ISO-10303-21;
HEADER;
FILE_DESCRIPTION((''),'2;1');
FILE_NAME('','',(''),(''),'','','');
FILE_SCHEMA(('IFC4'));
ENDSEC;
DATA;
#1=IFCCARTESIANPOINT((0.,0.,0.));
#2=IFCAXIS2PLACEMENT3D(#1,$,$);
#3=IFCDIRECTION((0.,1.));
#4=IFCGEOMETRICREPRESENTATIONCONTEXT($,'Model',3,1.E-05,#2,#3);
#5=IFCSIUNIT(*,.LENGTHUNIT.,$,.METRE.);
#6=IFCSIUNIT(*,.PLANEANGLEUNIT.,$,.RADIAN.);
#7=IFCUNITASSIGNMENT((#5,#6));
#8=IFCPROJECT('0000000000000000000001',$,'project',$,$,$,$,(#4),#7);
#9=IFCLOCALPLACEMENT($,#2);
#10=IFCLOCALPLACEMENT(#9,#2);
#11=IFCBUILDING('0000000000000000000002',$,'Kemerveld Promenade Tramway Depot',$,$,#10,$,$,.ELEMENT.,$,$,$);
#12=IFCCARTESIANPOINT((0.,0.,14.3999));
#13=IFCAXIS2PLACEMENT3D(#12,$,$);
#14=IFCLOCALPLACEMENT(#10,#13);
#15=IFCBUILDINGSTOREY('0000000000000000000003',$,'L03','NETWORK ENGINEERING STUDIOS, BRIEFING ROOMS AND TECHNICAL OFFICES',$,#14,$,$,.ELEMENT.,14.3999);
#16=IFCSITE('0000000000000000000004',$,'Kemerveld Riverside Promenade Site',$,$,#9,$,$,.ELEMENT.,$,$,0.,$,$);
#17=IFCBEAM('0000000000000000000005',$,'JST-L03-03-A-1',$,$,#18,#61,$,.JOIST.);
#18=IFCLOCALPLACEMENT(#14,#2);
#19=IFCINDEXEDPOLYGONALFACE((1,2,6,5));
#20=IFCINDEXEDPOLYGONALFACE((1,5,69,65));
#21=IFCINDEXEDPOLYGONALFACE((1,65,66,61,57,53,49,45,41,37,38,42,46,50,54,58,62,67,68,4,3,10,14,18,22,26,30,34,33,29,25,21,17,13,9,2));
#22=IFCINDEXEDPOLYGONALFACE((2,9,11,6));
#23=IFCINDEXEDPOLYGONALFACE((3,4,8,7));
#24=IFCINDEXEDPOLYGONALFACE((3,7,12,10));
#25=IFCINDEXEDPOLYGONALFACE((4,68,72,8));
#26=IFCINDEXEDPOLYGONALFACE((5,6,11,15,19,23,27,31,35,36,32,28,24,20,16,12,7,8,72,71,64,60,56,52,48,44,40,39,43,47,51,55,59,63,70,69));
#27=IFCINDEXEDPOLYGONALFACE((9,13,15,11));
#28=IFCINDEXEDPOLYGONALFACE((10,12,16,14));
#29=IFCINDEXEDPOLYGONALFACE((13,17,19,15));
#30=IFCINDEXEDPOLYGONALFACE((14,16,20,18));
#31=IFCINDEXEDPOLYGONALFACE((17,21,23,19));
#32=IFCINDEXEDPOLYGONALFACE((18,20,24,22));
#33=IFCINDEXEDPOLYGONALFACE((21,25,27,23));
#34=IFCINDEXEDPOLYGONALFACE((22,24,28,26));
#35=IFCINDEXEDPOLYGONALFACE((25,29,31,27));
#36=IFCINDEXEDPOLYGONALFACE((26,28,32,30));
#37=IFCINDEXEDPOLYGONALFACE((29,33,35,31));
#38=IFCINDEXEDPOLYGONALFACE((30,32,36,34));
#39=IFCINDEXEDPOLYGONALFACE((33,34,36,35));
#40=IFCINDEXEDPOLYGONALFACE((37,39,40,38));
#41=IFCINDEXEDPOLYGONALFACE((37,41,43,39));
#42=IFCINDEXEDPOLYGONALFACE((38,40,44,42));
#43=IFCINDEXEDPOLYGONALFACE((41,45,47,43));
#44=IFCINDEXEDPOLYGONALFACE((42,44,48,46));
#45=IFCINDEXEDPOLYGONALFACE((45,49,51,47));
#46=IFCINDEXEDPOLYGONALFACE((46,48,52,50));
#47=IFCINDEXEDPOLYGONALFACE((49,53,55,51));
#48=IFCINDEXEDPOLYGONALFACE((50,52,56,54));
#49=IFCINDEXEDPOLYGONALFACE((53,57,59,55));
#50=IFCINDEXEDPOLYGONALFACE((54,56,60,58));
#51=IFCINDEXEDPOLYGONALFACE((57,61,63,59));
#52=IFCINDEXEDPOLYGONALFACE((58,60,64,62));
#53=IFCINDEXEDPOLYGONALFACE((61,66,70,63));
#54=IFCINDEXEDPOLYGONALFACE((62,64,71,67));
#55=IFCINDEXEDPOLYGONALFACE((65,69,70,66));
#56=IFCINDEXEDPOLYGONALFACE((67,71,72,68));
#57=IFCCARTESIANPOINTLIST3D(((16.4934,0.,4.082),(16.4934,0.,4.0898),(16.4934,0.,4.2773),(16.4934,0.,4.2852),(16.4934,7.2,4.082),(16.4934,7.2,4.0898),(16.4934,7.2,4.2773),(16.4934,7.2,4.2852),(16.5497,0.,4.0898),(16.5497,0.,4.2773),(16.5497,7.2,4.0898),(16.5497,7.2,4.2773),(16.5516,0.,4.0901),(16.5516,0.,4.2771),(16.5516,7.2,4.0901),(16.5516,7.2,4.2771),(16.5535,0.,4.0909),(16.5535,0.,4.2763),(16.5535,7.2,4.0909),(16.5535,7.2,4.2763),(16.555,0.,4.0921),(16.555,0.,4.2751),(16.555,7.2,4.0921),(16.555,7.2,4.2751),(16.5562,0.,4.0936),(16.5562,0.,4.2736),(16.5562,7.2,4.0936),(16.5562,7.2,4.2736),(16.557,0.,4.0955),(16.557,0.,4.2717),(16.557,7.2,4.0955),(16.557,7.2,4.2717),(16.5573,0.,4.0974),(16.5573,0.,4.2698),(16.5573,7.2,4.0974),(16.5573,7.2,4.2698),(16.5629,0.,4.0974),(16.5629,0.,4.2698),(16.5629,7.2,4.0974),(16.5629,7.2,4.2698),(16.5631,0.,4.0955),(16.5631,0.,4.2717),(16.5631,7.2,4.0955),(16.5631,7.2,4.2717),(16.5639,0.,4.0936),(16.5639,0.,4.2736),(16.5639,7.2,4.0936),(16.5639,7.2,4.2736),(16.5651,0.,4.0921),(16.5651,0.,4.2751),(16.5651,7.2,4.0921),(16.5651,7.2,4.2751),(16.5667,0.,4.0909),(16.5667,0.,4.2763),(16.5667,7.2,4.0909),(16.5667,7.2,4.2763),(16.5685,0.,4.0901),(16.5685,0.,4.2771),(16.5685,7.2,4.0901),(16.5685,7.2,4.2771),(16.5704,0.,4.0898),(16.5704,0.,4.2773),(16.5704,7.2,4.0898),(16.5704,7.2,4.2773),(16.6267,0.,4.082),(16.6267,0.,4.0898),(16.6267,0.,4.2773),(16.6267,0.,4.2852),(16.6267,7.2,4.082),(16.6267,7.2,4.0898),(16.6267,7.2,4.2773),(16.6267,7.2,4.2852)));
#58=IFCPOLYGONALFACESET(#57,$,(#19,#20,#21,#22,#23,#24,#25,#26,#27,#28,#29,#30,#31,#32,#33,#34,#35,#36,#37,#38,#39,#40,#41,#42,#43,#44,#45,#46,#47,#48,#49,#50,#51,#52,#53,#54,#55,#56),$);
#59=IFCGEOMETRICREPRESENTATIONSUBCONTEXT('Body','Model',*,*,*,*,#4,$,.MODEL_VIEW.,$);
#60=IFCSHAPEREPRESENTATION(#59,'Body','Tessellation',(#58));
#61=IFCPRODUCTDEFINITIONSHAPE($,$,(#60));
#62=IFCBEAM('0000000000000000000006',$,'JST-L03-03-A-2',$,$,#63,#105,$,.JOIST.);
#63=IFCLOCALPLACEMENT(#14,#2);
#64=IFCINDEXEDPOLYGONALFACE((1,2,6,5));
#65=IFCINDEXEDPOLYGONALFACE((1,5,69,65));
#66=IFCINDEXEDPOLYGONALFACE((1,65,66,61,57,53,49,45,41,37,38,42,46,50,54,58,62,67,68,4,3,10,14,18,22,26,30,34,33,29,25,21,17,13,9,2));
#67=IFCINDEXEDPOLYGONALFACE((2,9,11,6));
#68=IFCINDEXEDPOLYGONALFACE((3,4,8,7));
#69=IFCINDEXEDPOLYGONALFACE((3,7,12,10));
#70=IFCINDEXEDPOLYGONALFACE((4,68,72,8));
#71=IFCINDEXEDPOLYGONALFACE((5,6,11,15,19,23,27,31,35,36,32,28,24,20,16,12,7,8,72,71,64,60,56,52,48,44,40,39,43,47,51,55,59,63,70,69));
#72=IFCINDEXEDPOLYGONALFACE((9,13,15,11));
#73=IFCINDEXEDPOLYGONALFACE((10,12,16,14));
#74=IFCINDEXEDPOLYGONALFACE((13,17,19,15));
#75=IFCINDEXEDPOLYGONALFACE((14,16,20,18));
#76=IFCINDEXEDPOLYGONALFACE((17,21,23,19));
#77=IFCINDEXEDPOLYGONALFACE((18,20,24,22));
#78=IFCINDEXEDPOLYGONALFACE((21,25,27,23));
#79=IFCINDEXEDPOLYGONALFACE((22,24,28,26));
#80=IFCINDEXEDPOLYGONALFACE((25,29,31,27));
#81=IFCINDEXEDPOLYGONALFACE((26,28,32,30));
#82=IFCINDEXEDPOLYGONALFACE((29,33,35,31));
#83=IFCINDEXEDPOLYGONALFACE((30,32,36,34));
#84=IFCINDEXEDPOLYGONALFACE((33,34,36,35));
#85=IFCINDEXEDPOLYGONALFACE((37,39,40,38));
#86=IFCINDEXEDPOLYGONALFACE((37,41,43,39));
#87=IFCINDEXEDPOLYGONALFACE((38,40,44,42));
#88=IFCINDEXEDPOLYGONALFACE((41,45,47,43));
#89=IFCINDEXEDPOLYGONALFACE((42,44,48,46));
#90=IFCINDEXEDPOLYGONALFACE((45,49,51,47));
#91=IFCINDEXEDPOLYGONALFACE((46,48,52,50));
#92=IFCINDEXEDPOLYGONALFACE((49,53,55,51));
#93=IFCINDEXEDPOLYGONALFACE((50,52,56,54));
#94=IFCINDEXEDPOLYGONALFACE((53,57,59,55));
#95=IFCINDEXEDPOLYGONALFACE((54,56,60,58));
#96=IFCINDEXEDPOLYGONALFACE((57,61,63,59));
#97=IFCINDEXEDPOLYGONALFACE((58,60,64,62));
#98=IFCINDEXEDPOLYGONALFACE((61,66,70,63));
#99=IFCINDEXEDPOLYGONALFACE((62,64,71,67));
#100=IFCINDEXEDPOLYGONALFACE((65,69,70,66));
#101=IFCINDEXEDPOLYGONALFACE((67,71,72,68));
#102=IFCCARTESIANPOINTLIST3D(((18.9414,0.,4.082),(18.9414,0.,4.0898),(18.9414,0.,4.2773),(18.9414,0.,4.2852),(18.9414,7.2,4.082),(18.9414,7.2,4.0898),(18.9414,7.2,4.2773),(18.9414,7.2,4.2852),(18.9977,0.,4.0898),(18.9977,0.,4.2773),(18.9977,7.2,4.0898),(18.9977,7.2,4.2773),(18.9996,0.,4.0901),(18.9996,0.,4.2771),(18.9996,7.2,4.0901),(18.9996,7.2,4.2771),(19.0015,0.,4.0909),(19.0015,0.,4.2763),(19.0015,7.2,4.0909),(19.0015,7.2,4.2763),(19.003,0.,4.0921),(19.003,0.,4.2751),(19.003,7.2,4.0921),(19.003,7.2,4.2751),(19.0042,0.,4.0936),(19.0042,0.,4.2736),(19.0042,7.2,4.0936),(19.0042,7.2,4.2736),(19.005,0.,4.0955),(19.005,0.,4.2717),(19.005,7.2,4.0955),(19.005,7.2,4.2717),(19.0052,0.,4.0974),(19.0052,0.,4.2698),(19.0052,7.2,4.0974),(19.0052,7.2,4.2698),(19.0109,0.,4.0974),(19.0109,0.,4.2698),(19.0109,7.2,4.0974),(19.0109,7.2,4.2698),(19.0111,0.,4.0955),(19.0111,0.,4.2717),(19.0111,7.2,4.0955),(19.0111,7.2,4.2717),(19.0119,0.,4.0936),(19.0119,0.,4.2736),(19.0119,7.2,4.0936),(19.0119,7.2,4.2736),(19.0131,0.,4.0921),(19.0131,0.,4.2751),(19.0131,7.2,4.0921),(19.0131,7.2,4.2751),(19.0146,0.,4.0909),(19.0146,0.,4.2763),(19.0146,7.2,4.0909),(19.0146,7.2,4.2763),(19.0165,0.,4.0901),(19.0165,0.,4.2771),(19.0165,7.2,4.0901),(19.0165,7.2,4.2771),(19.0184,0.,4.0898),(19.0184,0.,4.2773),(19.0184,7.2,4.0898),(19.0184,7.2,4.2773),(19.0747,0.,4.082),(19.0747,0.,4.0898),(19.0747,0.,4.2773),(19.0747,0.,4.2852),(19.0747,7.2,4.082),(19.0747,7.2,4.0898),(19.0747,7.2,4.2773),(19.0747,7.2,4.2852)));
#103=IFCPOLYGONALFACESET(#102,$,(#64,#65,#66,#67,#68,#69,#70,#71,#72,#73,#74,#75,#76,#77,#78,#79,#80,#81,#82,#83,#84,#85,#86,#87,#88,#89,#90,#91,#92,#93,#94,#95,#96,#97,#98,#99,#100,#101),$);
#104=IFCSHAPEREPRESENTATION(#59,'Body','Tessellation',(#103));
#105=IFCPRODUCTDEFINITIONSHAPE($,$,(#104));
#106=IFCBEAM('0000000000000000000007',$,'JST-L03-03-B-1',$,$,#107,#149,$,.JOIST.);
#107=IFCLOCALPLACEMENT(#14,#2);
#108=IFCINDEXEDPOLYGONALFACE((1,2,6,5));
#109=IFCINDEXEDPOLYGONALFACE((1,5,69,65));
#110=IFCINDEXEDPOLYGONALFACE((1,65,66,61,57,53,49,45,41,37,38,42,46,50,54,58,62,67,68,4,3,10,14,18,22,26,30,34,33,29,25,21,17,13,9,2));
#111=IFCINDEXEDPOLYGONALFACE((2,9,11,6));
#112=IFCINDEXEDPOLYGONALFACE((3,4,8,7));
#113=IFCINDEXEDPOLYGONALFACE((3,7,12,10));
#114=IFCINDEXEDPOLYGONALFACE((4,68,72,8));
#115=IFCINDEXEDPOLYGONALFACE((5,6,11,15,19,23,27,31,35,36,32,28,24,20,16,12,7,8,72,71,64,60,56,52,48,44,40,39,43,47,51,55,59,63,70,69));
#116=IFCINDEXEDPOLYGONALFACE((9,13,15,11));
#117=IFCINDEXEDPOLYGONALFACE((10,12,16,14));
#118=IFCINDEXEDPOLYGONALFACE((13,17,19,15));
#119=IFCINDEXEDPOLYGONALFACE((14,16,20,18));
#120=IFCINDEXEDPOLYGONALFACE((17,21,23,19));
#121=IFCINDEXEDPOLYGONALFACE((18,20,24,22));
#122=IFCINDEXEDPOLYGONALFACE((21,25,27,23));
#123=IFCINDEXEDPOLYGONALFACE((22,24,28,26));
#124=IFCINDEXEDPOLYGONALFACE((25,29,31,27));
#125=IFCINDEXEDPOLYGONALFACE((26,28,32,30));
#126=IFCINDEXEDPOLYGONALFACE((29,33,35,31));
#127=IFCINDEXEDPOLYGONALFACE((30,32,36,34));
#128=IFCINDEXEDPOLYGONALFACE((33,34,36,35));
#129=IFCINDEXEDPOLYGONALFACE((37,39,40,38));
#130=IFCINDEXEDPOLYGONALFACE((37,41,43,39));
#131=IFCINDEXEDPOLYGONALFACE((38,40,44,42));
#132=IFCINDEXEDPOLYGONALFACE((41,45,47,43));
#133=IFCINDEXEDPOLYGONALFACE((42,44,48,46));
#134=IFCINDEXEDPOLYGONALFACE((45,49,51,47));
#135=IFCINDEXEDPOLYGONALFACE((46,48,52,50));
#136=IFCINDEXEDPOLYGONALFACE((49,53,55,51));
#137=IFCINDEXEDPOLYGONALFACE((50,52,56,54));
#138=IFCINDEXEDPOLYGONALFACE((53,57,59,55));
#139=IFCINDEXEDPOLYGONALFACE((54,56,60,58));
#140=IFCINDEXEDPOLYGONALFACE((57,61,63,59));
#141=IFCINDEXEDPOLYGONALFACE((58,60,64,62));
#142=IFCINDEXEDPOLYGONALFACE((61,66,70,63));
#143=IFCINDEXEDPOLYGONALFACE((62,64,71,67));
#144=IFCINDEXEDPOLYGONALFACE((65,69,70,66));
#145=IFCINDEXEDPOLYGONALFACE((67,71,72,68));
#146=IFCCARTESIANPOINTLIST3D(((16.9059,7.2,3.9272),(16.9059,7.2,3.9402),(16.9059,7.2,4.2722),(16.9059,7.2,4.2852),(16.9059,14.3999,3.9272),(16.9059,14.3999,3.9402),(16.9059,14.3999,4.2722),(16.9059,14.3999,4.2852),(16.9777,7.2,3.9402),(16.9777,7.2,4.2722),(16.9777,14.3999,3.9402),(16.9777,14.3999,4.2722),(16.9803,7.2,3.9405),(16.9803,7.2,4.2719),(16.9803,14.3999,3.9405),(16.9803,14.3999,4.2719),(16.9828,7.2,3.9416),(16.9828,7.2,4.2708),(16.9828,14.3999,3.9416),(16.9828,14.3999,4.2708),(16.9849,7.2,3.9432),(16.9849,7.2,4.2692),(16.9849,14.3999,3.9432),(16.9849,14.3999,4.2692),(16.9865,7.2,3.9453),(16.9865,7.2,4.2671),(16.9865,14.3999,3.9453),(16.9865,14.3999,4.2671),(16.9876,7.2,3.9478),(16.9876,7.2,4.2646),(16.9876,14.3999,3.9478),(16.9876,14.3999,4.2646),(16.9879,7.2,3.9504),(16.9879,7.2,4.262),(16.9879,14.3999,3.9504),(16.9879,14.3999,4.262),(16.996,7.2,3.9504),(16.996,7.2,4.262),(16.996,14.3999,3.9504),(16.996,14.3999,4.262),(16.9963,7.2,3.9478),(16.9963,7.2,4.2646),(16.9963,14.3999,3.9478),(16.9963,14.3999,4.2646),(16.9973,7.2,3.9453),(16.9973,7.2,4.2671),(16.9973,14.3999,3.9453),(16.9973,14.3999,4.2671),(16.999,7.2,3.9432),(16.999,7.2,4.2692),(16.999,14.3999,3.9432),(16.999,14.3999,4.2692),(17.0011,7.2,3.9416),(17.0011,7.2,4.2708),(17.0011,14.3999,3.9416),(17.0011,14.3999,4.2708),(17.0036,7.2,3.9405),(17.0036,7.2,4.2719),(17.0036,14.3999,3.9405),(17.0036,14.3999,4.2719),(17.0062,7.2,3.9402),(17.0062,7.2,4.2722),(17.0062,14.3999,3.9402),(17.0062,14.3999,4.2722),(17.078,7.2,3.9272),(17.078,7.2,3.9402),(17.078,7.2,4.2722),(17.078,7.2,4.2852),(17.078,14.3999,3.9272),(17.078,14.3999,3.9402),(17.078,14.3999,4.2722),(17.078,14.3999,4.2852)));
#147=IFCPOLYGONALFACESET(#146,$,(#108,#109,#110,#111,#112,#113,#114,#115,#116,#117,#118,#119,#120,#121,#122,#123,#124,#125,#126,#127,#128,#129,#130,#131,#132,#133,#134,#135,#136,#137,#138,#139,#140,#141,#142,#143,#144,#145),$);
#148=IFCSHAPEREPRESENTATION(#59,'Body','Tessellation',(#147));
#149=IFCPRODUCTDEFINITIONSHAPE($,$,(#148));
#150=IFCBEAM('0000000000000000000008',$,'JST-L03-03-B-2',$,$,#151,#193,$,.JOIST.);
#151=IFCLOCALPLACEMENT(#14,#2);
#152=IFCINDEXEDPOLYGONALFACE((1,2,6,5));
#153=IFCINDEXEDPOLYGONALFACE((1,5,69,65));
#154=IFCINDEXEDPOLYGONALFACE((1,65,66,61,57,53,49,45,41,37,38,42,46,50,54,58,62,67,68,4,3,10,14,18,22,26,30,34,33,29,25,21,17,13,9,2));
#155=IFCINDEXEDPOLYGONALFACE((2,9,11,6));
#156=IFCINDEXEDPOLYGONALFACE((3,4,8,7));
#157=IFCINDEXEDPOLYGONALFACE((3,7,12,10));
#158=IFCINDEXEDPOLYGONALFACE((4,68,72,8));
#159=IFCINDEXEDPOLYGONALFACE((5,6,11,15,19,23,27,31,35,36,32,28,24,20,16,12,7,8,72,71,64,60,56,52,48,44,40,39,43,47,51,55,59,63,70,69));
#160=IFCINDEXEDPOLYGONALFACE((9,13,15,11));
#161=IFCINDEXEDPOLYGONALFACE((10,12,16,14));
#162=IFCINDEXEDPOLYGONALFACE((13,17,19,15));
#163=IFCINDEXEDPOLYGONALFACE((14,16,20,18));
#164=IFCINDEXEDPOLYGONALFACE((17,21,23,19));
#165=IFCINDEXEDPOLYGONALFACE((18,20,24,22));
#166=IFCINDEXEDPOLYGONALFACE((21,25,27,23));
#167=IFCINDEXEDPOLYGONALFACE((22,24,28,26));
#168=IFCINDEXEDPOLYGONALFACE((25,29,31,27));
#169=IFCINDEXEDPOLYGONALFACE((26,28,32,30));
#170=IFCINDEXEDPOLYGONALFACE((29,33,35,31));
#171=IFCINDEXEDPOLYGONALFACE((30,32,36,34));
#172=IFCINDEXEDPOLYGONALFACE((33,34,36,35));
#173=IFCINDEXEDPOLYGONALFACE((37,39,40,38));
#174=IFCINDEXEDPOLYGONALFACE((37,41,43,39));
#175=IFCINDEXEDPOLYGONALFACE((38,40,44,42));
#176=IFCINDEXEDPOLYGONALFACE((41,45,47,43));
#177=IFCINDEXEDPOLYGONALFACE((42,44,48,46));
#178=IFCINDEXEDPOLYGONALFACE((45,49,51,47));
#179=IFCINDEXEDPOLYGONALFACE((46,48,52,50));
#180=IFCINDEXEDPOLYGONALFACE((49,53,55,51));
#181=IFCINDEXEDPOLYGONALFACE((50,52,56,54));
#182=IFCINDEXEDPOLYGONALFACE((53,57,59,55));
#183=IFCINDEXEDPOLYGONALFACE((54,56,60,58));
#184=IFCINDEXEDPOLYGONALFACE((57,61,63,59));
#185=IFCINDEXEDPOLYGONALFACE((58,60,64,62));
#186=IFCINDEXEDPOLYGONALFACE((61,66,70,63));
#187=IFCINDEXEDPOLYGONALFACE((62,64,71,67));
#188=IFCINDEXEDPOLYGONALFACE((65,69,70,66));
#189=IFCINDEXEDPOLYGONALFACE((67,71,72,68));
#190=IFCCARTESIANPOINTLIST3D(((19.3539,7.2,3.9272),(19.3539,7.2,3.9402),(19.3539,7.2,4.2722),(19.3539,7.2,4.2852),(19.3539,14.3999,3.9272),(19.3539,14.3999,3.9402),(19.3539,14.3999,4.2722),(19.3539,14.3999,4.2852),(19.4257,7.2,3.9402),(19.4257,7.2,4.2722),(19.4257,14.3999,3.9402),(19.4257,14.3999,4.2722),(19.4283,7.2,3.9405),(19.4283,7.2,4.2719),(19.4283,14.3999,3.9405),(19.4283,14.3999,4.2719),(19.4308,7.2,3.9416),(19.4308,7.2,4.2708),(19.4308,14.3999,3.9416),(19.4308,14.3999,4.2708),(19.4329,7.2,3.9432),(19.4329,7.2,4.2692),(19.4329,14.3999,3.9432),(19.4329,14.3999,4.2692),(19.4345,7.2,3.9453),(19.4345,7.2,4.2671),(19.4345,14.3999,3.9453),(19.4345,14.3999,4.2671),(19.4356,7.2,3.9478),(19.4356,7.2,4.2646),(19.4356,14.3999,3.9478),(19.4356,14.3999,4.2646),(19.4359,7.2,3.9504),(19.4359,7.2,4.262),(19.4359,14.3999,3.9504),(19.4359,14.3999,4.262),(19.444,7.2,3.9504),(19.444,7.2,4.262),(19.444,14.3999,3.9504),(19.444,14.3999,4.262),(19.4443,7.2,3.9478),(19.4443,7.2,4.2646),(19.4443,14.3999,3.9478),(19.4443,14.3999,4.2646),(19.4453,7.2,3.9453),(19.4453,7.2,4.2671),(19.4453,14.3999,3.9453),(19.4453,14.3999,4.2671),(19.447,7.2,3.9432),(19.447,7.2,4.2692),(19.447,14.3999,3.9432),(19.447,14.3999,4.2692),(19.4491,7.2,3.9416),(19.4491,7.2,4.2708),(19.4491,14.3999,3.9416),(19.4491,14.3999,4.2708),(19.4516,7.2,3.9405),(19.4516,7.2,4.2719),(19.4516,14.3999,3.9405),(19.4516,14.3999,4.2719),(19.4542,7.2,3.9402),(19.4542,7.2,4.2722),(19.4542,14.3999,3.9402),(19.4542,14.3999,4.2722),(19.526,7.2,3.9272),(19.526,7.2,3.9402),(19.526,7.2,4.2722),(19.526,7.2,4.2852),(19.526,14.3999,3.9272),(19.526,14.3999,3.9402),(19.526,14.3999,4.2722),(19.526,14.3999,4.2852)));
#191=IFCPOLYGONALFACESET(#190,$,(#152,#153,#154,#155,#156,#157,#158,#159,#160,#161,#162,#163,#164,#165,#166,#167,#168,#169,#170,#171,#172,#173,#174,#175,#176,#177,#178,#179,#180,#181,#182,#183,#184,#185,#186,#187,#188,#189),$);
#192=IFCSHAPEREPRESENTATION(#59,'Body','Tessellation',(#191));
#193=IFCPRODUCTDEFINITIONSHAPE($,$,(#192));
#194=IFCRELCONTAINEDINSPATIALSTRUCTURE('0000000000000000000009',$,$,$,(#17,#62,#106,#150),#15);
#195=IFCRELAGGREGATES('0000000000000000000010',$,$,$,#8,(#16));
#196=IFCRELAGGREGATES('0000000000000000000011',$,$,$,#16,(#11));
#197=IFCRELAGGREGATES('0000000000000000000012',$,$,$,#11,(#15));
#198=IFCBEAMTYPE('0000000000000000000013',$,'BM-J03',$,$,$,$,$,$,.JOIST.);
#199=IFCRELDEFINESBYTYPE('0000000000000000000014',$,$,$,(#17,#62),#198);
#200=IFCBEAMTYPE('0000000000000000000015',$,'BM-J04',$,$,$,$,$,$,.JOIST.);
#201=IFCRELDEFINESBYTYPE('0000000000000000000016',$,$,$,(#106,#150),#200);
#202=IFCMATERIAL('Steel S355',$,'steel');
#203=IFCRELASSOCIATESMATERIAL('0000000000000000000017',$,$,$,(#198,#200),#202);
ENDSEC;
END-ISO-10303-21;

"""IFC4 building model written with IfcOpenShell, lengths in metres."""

from ifc_helpers import new_model, si_unit, direction, frame, origin, origin_2d, place, context, subcontext, project, spatial, i_section, extrude, material, material_profile, profile_set, type_object, element, save


model = new_model("IFC4")

# Units and contexts
model_context = context("Model", 3, precision=1e-05, world=origin(), true_north=direction((0.0, 1.0)))
body_context = subcontext(model_context, "Body", "Model", "MODEL_VIEW")
ifc_project = project(units=[si_unit("LENGTHUNIT", "METRE"), si_unit("PLANEANGLEUNIT", "RADIAN")], contexts=[model_context])

# Site, building, storey
site_placement = place(None, origin())
site = spatial("IfcSite", under=ifc_project, at=site_placement, Name="Kemerveld Riverside Promenade Site", CompositionType="ELEMENT", RefElevation=0.0)
building_placement = place(site_placement, origin())
building = spatial("IfcBuilding", under=site, at=building_placement, Name="Kemerveld Promenade Tramway Depot", CompositionType="ELEMENT")
storey_placement = place(building_placement, frame((0.0, 0.0, 14.3999)))
storey = spatial("IfcBuildingStorey", under=building, at=storey_placement, Name="L03", Description="NETWORK ENGINEERING STUDIOS, BRIEFING ROOMS AND TECHNICAL OFFICES", CompositionType="ELEMENT", Elevation=14.3999)

# Shared definitions
ifc_material_1 = material(Name="Steel S355", Category="steel")

# Beams
ifc_material_profile_1 = material_profile(ifc_material_1, i_section(OverallWidth=0.1333, OverallDepth=0.2031, WebThickness=0.0056, FlangeThickness=0.0078, FilletRadius=0.0076, at=origin_2d()), Name="203x133x25 UB")
ifc_profile_set_1 = profile_set([ifc_material_profile_1], Name="Steel S355")
beam_type_1 = type_object("IfcBeamType", Name="BM-J03", PredefinedType="JOIST", material=ifc_profile_set_1)
for number, where, z_axis, x_axis, name in (
    (1, (16.5601, 0.0, 4.1836), (0.0, 1.0, 0.0), (-1.0, 0.0, 0.0), "JST-L03-03-A-1"),
    (2, (19.0081, 0.0, 4.1836), (0.0, 1.0, 0.0), (-1.0, 0.0, 0.0), "JST-L03-03-A-2"),
):
    element("IfcBeam", number, at=place(storey_placement, frame(where, z_axis=z_axis, x_axis=x_axis)), inside=storey, type_object=beam_type_1, Name=name, PredefinedType="JOIST", context=body_context, shape_type="SweptSolid", body=[
        extrude(i_section(OverallWidth=0.1333, OverallDepth=0.2031, WebThickness=0.0056, FlangeThickness=0.0078, FilletRadius=0.0076, at=origin_2d()), origin(), (0.0, 0.0, 1.0), 7.2),
    ])
ifc_material_profile_2 = material_profile(ifc_material_1, i_section(OverallWidth=0.1721, OverallDepth=0.3579, WebThickness=0.0081, FlangeThickness=0.0129, FilletRadius=0.0103, at=origin_2d()), Name="356x171x57 UB")
ifc_profile_set_2 = profile_set([ifc_material_profile_2], Name="Steel S355")
beam_type_2 = type_object("IfcBeamType", Name="BM-J04", PredefinedType="JOIST", material=ifc_profile_set_2)
for number, where, z_axis, x_axis, name in (
    (3, (16.9919, 7.2, 4.1062), (0.0, 1.0, 0.0), (-1.0, 0.0, 0.0), "JST-L03-03-B-1"),
    (4, (19.4399, 7.2, 4.1062), (0.0, 1.0, 0.0), (-1.0, 0.0, 0.0), "JST-L03-03-B-2"),
):
    element("IfcBeam", number, at=place(storey_placement, frame(where, z_axis=z_axis, x_axis=x_axis)), inside=storey, type_object=beam_type_2, Name=name, PredefinedType="JOIST", context=body_context, shape_type="SweptSolid", body=[
        extrude(i_section(OverallWidth=0.1721, OverallDepth=0.3579, WebThickness=0.0081, FlangeThickness=0.0129, FilletRadius=0.0103, at=origin_2d()), origin(), (0.0, 0.0, 1.0), 7.2),
    ])

save(model, "model.ifc")
